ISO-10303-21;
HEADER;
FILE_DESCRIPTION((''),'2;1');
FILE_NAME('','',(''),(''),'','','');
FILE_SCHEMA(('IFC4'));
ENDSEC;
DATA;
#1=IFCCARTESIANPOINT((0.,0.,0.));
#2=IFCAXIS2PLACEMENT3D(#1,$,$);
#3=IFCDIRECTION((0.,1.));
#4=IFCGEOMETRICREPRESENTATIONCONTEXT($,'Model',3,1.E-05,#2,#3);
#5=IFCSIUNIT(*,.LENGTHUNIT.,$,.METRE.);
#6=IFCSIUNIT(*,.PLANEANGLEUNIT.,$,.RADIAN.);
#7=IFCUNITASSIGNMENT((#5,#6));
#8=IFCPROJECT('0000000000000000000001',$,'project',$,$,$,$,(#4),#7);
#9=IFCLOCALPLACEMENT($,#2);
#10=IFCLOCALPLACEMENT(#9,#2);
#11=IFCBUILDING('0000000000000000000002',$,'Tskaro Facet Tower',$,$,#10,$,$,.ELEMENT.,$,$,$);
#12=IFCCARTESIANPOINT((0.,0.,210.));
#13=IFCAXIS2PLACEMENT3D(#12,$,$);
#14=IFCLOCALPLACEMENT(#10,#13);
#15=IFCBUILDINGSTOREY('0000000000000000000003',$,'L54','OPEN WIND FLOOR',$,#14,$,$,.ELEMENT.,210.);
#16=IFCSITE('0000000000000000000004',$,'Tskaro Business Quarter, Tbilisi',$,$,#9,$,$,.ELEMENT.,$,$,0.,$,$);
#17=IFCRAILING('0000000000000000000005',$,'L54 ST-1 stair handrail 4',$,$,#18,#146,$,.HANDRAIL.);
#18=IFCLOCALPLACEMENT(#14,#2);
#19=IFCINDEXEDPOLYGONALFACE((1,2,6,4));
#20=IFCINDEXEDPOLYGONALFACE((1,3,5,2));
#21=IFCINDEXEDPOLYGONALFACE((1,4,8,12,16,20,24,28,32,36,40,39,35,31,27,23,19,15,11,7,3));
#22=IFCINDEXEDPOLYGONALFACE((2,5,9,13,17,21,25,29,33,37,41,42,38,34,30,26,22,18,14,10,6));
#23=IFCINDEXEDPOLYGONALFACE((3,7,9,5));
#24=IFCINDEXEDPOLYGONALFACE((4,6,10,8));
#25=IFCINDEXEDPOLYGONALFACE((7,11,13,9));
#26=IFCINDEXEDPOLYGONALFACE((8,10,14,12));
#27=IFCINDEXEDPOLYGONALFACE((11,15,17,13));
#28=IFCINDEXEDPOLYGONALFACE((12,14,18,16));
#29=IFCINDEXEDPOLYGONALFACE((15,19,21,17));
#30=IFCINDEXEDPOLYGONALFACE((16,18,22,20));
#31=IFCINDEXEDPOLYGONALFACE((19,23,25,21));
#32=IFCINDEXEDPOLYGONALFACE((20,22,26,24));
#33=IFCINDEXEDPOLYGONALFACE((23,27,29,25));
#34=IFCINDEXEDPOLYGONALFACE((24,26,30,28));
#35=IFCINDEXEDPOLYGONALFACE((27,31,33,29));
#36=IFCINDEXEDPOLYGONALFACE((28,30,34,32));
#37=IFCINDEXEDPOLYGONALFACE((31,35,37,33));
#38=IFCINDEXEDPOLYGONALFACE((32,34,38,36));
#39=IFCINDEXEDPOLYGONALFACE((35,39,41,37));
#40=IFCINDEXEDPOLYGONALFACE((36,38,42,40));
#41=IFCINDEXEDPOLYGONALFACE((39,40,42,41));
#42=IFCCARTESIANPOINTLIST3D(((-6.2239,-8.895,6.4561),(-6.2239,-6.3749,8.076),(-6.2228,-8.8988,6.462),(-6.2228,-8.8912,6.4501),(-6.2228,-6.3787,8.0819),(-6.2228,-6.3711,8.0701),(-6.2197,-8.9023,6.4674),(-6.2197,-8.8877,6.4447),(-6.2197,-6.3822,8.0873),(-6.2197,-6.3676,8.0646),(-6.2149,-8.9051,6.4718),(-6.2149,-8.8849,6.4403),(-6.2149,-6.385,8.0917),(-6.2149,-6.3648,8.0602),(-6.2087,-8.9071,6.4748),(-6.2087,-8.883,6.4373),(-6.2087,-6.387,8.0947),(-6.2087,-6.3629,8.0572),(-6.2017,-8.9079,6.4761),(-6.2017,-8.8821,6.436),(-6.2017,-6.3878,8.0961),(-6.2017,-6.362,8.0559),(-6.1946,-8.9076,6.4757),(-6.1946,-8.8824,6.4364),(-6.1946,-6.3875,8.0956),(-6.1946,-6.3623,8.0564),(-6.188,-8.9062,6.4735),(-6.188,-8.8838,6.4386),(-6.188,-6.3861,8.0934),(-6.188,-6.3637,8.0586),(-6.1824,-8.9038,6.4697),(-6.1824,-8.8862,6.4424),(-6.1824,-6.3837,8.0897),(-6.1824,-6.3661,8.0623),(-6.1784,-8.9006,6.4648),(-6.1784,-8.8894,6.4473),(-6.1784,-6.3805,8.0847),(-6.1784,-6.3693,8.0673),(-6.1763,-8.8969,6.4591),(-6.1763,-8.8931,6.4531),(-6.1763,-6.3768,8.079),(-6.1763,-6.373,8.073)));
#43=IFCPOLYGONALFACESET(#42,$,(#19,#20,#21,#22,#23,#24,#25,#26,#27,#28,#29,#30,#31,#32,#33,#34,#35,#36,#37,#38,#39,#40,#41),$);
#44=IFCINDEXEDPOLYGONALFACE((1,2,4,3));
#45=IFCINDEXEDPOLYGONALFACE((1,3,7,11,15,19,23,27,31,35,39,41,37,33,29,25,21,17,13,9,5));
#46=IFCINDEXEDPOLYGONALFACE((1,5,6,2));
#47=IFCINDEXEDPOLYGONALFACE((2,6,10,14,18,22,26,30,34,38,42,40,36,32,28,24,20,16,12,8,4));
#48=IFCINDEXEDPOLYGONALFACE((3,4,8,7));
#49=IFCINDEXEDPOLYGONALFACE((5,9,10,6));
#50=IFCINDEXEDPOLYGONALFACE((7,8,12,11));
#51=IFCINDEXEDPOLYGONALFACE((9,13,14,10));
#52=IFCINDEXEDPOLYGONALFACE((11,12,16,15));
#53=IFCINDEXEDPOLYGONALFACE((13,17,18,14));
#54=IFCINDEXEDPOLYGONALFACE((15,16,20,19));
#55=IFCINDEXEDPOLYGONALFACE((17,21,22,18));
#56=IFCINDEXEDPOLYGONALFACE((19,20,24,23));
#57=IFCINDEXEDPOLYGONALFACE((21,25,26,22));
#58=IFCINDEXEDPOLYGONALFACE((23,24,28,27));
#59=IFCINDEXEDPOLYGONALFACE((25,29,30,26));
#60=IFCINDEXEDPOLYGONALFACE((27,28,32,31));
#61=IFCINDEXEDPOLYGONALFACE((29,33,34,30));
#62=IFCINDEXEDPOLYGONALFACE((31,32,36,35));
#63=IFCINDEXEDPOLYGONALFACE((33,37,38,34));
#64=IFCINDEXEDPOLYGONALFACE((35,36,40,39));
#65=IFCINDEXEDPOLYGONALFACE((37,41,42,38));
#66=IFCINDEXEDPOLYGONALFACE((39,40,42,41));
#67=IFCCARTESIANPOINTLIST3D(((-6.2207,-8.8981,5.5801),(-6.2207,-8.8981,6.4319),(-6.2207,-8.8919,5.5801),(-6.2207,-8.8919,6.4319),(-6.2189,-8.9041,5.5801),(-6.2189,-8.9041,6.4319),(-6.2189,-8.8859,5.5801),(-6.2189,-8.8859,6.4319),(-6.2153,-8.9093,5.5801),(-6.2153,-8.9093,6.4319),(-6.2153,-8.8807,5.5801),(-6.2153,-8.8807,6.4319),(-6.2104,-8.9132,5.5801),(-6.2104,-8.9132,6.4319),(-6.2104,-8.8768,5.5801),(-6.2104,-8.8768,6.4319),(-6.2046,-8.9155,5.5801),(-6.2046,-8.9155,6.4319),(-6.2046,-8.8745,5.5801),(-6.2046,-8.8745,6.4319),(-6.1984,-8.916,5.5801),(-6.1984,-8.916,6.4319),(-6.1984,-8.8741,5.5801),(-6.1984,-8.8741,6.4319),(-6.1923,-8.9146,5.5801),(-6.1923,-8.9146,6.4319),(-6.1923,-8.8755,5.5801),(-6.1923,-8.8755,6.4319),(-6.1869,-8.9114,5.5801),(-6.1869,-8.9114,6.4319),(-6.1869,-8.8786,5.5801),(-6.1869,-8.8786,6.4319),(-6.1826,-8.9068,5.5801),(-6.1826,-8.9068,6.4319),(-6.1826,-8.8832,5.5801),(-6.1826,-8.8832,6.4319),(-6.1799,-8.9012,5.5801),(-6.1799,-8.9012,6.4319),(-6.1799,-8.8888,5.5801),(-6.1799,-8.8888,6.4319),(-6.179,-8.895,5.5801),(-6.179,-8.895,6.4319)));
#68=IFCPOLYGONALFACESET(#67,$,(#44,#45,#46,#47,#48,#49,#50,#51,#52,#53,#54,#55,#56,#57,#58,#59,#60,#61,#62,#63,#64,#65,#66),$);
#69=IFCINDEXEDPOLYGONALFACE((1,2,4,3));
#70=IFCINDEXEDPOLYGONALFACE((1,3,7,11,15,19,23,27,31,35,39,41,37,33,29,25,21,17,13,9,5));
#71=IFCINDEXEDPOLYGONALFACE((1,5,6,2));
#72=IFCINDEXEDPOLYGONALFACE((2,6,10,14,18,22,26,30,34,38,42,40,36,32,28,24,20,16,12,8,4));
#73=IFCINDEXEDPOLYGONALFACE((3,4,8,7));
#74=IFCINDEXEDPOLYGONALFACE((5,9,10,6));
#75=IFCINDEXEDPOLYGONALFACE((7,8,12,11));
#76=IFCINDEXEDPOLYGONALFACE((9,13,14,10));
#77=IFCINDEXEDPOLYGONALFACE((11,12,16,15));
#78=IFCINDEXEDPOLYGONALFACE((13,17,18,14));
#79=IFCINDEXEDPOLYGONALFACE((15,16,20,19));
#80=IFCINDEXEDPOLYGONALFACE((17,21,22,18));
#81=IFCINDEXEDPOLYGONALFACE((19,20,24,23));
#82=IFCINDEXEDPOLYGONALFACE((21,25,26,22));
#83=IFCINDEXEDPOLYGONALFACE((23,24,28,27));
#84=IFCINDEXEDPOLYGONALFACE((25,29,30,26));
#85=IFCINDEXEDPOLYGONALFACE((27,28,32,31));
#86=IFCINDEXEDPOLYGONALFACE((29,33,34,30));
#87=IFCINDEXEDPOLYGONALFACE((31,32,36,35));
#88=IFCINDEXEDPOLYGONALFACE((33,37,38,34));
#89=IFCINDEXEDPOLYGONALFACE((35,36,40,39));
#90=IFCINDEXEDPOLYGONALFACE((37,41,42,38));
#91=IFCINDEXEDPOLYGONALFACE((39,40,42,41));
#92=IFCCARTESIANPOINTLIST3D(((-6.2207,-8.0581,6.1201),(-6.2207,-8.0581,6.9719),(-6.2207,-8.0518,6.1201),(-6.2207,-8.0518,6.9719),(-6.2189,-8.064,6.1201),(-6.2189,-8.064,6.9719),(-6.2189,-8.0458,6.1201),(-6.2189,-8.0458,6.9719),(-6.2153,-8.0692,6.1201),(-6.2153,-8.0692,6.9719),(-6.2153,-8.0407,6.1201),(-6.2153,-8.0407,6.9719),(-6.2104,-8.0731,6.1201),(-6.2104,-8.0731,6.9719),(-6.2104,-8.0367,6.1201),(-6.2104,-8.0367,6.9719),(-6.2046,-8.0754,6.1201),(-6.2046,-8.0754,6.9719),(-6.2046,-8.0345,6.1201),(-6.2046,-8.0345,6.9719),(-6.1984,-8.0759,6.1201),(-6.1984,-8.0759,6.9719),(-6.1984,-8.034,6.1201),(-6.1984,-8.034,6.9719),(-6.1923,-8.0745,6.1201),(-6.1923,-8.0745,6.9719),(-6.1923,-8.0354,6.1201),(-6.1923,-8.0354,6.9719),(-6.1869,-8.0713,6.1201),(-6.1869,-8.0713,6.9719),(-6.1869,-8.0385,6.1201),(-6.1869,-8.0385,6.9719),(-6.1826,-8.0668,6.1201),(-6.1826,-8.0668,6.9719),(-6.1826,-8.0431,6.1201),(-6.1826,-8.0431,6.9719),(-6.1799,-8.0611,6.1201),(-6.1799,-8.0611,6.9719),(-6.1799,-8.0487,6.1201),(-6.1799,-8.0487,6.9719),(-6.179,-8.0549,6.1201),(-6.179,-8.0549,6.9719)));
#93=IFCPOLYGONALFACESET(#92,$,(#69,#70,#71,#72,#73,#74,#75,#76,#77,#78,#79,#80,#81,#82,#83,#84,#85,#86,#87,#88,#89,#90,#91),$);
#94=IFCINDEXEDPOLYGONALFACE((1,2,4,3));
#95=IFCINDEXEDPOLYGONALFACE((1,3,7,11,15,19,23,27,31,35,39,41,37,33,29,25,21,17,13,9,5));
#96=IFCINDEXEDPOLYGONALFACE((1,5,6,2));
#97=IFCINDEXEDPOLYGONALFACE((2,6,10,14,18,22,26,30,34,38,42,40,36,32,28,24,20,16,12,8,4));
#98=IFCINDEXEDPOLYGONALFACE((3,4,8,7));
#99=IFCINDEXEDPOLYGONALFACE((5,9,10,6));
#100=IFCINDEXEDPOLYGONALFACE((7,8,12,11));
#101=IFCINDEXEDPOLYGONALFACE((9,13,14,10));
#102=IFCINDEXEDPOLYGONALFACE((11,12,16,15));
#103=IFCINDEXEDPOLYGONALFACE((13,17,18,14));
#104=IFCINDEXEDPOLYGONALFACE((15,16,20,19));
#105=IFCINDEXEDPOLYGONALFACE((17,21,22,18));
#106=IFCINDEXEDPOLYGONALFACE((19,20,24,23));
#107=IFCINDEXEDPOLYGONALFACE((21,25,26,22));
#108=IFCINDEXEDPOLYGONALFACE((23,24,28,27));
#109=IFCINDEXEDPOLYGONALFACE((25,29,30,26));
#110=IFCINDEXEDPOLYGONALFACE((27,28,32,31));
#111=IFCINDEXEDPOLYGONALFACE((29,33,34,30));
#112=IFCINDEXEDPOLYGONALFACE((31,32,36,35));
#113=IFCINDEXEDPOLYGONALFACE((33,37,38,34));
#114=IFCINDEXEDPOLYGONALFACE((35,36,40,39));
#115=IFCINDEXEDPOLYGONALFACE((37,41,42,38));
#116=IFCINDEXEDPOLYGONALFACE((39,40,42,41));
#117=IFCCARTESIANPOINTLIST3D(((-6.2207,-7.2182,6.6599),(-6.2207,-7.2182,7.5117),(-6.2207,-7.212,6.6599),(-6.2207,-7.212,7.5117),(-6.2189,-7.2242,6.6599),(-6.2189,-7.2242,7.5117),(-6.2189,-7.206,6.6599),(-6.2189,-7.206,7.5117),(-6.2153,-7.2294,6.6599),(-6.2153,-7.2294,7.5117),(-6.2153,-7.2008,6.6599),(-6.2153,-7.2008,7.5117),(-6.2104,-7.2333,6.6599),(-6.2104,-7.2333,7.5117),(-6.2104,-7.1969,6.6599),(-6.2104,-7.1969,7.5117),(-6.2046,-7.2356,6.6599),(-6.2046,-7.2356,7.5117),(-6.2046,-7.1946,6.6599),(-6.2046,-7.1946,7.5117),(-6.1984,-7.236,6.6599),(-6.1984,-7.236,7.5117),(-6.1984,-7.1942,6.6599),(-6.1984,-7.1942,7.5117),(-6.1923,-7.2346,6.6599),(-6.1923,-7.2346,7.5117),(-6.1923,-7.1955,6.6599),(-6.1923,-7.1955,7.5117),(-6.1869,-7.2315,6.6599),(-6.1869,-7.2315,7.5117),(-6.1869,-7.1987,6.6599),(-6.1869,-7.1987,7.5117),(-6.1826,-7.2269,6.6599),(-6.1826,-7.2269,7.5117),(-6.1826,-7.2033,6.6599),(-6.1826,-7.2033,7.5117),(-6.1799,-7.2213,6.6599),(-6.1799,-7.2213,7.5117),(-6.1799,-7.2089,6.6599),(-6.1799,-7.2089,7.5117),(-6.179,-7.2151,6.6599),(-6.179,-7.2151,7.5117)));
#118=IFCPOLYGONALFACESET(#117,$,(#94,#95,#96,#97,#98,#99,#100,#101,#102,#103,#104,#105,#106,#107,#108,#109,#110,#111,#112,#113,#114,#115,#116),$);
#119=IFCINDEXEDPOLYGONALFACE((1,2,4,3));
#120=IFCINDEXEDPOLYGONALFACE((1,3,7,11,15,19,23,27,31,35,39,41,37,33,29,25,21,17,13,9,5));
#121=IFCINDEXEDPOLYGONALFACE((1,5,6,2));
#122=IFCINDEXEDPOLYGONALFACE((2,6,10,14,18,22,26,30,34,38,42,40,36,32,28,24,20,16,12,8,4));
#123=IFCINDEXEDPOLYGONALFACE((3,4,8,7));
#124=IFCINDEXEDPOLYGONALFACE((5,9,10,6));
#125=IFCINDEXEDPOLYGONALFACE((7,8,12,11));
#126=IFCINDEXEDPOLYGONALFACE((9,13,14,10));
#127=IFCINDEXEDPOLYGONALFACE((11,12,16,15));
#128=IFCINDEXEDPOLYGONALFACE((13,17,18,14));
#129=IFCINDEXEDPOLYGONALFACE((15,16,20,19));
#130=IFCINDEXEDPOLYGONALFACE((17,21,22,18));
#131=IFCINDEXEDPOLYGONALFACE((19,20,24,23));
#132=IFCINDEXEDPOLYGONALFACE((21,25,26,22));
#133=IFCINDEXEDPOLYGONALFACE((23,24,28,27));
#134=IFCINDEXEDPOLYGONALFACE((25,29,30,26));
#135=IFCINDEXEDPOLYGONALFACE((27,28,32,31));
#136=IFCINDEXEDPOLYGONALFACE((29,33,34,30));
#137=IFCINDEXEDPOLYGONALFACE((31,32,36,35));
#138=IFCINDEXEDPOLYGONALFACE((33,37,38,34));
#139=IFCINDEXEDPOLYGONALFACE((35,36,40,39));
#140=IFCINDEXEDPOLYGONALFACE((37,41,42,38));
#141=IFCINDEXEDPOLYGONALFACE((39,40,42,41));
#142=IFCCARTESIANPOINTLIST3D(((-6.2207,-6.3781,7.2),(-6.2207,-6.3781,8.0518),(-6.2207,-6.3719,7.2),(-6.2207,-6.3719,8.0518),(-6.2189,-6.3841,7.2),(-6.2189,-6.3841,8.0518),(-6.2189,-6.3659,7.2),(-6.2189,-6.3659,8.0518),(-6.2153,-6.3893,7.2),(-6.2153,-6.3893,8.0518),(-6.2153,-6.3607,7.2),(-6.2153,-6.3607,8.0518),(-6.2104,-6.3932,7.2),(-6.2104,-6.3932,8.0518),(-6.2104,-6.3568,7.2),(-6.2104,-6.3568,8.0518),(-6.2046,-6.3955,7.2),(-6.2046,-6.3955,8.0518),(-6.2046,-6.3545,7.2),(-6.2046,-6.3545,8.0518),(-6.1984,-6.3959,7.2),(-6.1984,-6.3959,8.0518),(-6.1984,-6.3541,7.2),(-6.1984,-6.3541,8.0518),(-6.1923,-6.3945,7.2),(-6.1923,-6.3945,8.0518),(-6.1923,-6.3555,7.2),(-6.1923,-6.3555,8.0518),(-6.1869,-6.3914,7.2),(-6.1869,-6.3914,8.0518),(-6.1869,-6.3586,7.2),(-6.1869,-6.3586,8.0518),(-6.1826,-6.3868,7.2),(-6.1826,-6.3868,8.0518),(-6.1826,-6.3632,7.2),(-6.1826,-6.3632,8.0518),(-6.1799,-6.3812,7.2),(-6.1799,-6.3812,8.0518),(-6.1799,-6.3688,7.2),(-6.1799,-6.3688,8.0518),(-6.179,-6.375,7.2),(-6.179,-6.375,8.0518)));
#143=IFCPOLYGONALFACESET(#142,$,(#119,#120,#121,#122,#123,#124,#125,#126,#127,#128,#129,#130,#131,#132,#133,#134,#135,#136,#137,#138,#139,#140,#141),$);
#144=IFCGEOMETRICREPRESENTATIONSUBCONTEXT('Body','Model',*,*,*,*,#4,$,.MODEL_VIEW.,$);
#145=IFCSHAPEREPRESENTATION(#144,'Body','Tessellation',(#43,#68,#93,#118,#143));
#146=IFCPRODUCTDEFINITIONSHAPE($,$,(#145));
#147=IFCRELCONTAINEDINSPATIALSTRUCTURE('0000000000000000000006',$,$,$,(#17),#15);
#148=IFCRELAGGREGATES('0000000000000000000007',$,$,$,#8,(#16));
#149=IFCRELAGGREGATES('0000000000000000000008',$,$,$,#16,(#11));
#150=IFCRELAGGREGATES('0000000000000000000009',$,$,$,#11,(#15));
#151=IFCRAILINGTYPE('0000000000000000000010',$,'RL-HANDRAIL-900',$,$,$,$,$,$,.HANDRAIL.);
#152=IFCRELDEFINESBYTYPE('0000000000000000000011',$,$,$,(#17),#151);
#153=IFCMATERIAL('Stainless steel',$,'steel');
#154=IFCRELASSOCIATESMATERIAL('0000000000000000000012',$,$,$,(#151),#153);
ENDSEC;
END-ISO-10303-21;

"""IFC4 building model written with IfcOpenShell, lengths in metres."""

from ifc_helpers import new_model, si_unit, direction, frame, origin, origin_2d, place, context, subcontext, project, spatial, circle, extrude, material, type_object, element, save


model = new_model("IFC4")

# Units and contexts
model_context = context("Model", 3, precision=1e-05, world=origin(), true_north=direction((0.0, 1.0)))
body_context = subcontext(model_context, "Body", "Model", "MODEL_VIEW")
ifc_project = project(units=[si_unit("LENGTHUNIT", "METRE"), si_unit("PLANEANGLEUNIT", "RADIAN")], contexts=[model_context])

# Site, building, storey
site_placement = place(None, origin())
site = spatial("IfcSite", under=ifc_project, at=site_placement, Name="Tskaro Business Quarter, Tbilisi", CompositionType="ELEMENT", RefElevation=0.0)
building_placement = place(site_placement, origin())
building = spatial("IfcBuilding", under=site, at=building_placement, Name="Tskaro Facet Tower", CompositionType="ELEMENT")
storey_placement = place(building_placement, frame((0.0, 0.0, 210.0)))
storey = spatial("IfcBuildingStorey", under=building, at=storey_placement, Name="L54", Description="OPEN WIND FLOOR", CompositionType="ELEMENT", Elevation=210.0)

# Shared definitions
ifc_material_1 = material(Name="Stainless steel", Category="steel")

# Railing
railing_type_1 = type_object("IfcRailingType", Name="RL-HANDRAIL-900", PredefinedType="HANDRAIL", material=ifc_material_1)
railing_1_placement = place(storey_placement, frame((-6.2, -8.895, 5.5801)))
element("IfcRailing", 1, at=railing_1_placement, inside=storey, type_object=railing_type_1, Name="L54 ST-1 stair handrail 4", PredefinedType="HANDRAIL", context=body_context, shape_type="SweptSolid", body=[
    extrude(circle(Radius=0.0239, at=origin_2d()), frame((0.0, 0.0, 0.876), z_axis=(0.0, 0.8412, 0.540725), x_axis=(-1.0, 0.0, 0.0)), (0.0, 0.0, 1.0), 2.9958),
    extrude(circle(Radius=0.021, at=origin_2d()), origin(), (0.0, 0.0, 1.0), 0.8518),
    extrude(circle(Radius=0.021, at=origin_2d()), frame((0.0, 0.8401, 0.54)), (0.0, 0.0, 1.0), 0.8518),
    extrude(circle(Radius=0.021, at=origin_2d()), frame((0.0, 1.6799, 1.0798)), (0.0, 0.0, 1.0), 0.8518),
    extrude(circle(Radius=0.021, at=origin_2d()), frame((0.0, 2.52, 1.6199)), (0.0, 0.0, 1.0), 0.8518),
])

save(model, "model.ifc")
